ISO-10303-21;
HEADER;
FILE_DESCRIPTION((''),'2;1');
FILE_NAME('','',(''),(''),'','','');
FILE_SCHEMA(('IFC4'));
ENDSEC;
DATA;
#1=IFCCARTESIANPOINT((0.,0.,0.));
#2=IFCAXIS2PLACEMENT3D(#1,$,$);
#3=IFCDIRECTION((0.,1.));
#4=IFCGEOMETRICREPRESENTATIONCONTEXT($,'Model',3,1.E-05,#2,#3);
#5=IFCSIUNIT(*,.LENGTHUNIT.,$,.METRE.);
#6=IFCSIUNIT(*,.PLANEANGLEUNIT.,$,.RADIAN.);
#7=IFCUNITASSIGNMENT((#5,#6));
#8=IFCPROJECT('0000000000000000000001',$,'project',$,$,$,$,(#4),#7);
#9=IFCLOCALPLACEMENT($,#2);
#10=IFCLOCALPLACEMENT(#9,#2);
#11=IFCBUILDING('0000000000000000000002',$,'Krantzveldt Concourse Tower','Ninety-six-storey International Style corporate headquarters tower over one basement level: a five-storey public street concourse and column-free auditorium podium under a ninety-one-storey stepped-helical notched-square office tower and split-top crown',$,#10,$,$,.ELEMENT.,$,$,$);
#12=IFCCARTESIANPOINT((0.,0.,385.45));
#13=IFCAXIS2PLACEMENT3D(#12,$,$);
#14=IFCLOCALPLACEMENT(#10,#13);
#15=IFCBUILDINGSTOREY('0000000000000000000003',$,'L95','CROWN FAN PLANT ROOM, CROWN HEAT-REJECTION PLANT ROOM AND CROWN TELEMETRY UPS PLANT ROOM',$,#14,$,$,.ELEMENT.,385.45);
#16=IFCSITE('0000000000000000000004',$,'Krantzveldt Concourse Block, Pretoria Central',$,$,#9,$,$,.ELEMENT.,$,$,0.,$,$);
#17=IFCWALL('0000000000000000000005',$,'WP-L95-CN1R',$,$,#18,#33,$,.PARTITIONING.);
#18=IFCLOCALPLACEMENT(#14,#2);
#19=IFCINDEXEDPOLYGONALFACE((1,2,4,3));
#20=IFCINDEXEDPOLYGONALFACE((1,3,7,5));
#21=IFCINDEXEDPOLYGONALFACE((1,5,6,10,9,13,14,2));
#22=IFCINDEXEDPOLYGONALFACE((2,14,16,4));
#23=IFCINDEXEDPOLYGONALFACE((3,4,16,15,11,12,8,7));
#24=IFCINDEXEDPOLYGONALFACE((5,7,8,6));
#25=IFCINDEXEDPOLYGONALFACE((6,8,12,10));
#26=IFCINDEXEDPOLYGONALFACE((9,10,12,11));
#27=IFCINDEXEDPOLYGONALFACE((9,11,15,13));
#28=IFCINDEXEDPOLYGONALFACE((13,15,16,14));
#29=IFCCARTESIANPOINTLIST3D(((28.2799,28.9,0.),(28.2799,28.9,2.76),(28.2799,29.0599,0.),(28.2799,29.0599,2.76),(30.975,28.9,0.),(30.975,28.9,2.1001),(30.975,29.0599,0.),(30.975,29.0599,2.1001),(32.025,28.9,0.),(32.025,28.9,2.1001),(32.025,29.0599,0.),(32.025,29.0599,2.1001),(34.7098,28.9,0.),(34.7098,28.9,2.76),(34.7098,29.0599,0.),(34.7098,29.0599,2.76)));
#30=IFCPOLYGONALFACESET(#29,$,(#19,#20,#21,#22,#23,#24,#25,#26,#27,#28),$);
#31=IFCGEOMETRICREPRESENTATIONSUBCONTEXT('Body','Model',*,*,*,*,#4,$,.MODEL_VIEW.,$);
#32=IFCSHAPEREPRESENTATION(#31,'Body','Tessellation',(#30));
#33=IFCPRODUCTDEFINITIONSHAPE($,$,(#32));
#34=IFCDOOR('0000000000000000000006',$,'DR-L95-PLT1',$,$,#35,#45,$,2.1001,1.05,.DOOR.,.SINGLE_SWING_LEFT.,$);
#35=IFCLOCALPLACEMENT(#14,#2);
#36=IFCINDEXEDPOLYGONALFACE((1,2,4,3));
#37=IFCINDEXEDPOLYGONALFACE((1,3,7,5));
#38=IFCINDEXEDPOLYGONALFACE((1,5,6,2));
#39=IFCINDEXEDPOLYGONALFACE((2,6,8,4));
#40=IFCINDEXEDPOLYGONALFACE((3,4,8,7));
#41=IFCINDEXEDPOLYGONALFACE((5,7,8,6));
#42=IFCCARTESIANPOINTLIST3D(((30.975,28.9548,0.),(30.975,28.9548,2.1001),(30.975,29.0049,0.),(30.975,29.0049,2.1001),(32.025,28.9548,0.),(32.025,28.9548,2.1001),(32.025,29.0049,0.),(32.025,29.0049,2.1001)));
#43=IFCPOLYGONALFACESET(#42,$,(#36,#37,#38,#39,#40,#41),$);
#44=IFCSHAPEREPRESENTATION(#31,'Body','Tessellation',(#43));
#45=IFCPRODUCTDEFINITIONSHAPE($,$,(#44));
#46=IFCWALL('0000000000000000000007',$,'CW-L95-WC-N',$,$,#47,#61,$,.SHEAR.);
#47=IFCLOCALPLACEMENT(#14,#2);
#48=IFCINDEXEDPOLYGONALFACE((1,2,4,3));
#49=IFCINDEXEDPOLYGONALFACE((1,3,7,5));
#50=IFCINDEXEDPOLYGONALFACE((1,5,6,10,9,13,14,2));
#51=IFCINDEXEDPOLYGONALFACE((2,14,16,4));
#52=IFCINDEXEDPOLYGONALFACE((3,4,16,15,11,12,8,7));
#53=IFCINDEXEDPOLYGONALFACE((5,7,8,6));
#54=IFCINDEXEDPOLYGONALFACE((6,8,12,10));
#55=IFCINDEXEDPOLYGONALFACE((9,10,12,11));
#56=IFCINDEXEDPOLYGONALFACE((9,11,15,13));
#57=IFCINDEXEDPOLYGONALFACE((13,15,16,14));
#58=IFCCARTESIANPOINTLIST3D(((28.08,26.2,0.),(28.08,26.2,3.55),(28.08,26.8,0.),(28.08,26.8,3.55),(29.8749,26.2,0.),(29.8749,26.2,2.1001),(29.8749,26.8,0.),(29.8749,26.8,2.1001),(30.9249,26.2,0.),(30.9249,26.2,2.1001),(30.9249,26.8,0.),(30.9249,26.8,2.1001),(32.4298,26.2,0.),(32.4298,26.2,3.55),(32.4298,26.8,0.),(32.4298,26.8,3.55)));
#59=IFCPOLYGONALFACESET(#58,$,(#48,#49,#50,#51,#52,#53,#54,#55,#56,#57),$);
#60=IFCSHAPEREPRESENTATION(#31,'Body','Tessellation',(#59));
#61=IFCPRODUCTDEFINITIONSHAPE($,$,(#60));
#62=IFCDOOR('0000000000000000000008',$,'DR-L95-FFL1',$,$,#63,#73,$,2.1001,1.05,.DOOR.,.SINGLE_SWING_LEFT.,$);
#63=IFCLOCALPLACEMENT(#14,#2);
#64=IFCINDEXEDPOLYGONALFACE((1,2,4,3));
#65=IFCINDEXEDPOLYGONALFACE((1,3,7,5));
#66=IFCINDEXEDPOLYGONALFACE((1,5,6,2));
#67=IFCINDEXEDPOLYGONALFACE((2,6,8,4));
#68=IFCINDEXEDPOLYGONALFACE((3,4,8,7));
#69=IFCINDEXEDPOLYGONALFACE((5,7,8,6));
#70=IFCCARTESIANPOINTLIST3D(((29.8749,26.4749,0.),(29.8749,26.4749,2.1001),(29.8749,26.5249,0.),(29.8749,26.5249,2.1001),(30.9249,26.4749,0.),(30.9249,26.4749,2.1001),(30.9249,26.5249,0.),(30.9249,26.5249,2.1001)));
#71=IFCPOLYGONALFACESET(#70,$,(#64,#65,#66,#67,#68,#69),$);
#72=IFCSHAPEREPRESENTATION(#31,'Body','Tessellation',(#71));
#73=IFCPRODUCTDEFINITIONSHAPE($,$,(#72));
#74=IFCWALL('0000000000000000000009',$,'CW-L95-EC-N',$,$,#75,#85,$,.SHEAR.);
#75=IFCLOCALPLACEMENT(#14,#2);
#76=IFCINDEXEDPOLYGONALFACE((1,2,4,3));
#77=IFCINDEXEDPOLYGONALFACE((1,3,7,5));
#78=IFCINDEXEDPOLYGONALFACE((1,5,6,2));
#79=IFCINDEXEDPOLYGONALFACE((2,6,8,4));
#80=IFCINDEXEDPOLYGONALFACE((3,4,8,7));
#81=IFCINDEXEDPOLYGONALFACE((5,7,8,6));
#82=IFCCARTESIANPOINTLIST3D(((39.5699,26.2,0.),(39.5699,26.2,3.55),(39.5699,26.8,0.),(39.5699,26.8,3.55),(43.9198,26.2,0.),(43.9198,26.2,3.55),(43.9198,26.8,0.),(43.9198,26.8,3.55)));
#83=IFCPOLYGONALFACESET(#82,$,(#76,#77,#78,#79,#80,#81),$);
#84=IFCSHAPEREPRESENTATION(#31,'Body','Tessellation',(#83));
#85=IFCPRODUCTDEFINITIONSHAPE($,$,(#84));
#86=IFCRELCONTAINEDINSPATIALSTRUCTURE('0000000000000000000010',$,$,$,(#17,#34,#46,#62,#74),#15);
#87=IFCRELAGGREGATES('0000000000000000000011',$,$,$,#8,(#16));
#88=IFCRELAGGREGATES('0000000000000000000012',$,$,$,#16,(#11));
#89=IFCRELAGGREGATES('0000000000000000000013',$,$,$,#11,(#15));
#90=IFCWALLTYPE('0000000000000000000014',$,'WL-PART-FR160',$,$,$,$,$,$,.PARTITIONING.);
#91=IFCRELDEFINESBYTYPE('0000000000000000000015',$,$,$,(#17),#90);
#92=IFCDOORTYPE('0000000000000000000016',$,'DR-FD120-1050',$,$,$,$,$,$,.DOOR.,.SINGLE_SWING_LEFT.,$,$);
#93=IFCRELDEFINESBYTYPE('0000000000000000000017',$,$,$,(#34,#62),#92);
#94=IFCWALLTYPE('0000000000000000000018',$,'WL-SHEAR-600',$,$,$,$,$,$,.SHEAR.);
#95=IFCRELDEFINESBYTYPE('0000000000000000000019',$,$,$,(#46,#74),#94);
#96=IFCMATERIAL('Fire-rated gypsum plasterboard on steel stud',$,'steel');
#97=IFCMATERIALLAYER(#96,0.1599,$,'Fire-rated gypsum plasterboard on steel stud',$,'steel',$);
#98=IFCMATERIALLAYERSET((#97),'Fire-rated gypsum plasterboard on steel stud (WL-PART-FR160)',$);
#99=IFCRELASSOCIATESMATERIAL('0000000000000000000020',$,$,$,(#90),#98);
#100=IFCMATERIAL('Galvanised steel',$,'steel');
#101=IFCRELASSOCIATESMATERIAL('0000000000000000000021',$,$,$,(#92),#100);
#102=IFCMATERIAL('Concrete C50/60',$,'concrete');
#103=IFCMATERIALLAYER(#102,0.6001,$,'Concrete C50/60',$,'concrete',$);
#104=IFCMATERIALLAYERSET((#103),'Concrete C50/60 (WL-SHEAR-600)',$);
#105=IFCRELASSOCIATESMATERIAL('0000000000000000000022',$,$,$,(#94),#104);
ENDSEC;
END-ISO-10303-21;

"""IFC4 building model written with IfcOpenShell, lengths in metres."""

from ifc_helpers import new_model, si_unit, direction, frame, frame_2d, origin, place, context, subcontext, project, spatial, rectangle, extrude, material, layer, layer_set, type_object, element, fill, save


model = new_model("IFC4")

# Units and contexts
model_context = context("Model", 3, precision=1e-05, world=origin(), true_north=direction((0.0, 1.0)))
body_context = subcontext(model_context, "Body", "Model", "MODEL_VIEW")
ifc_project = project(units=[si_unit("LENGTHUNIT", "METRE"), si_unit("PLANEANGLEUNIT", "RADIAN")], contexts=[model_context])

# Site, building, storey
site_placement = place(None, origin())
site = spatial("IfcSite", under=ifc_project, at=site_placement, Name="Krantzveldt Concourse Block, Pretoria Central", CompositionType="ELEMENT", RefElevation=0.0)
building_placement = place(site_placement, origin())
building = spatial("IfcBuilding", under=site, at=building_placement, Name="Krantzveldt Concourse Tower", Description="Ninety-six-storey International Style corporate headquarters tower over one basement level: a five-storey public street concourse and column-free auditorium podium under a ninety-one-storey stepped-helical notched-square office tower and split-top crown", CompositionType="ELEMENT")
storey_placement = place(building_placement, frame((0.0, 0.0, 385.45)))
storey = spatial("IfcBuildingStorey", under=building, at=storey_placement, Name="L95", Description="CROWN FAN PLANT ROOM, CROWN HEAT-REJECTION PLANT ROOM AND CROWN TELEMETRY UPS PLANT ROOM", CompositionType="ELEMENT", Elevation=385.45)

# Shared definitions
ifc_material_1 = material(Name="Fire-rated gypsum plasterboard on steel stud", Category="steel")

# Walls, openings, doors
ifc_layer_1 = layer(ifc_material_1, 0.1599, Name="Fire-rated gypsum plasterboard on steel stud", Category="steel")
ifc_layer_set_1 = layer_set([ifc_layer_1], Name="Fire-rated gypsum plasterboard on steel stud (WL-PART-FR160)")
wall_type_1 = type_object("IfcWallType", Name="WL-PART-FR160", PredefinedType="PARTITIONING", material=ifc_layer_set_1)
wall_1_placement = place(storey_placement, frame((28.28, 28.98, 0.0), z_axis=(0.0, 0.0, 1.0), x_axis=(1.0, 0.0, 0.0)))
wall_1 = element("IfcWall", 1, at=wall_1_placement, inside=storey, type_object=wall_type_1, Name="WP-L95-CN1R", PredefinedType="PARTITIONING", context=body_context, shape_type="SweptSolid", body=[
    extrude(rectangle(XDim=6.4299, YDim=0.1599, at=frame_2d((3.2148, 0.0))), origin(), (0.0, 0.0, 1.0), 2.76),
])
opening_1_placement = place(wall_1_placement, frame((2.6951, 0.0, 0.0)))
opening_1 = element("IfcOpeningElement", 2, at=opening_1_placement, cuts=wall_1, PredefinedType="OPENING", context=body_context, shape_type="SweptSolid", body=[
    extrude(rectangle(XDim=1.05, YDim=2.1001, at=frame_2d((0.5249, 1.05))), frame((0.0, 0.0898, 0.0), z_axis=(0.0, -1.0, 0.0), x_axis=(1.0, 0.0, 0.0)), (0.0, 0.0, 1.0), 0.1799),
])
ifc_material_2 = material(Name="Galvanised steel", Category="steel")
door_type_1 = type_object("IfcDoorType", Name="DR-FD120-1050", OperationType="SINGLE_SWING_LEFT", PredefinedType="DOOR", material=ifc_material_2)
door_1_placement = place(opening_1_placement, origin())
door_1 = element("IfcDoor", 3, at=door_1_placement, inside=storey, type_object=door_type_1, Name="DR-L95-PLT1", OperationType="SINGLE_SWING_LEFT", OverallHeight=2.1001, OverallWidth=1.05, PredefinedType="DOOR", context=body_context, shape_type="SweptSolid", body=[
    extrude(rectangle(XDim=1.05, YDim=2.1001, at=frame_2d((0.5249, 1.05))), frame((0.0, 0.0249, 0.0), z_axis=(0.0, -1.0, 0.0), x_axis=(1.0, 0.0, 0.0)), (0.0, 0.0, 1.0), 0.05),
])
fill(opening_1, door_1)
ifc_material_3 = material(Name="Concrete C50/60", Category="concrete")
ifc_layer_2 = layer(ifc_material_3, 0.6001, Name="Concrete C50/60", Category="concrete")
ifc_layer_set_2 = layer_set([ifc_layer_2], Name="Concrete C50/60 (WL-SHEAR-600)")
wall_type_2 = type_object("IfcWallType", Name="WL-SHEAR-600", PredefinedType="SHEAR", material=ifc_layer_set_2)
wall_2_placement = place(storey_placement, frame((28.0801, 26.5, 0.0), z_axis=(0.0, 0.0, 1.0), x_axis=(1.0, 0.0, 0.0)))
wall_2 = element("IfcWall", 4, at=wall_2_placement, inside=storey, type_object=wall_type_2, Name="CW-L95-WC-N", PredefinedType="SHEAR", context=body_context, shape_type="SweptSolid", body=[
    extrude(rectangle(XDim=4.3499, YDim=0.6001, at=frame_2d((2.1748, 0.0))), origin(), (0.0, 0.0, 1.0), 3.55),
])
opening_2_placement = place(wall_2_placement, frame((1.7949, 0.0, 0.0)))
opening_2 = element("IfcOpeningElement", 5, at=opening_2_placement, cuts=wall_2, PredefinedType="OPENING", context=body_context, shape_type="SweptSolid", body=[
    extrude(rectangle(XDim=1.05, YDim=2.1001, at=frame_2d((0.5249, 1.05))), frame((0.0, 0.3101, 0.0), z_axis=(0.0, -1.0, 0.0), x_axis=(1.0, 0.0, 0.0)), (0.0, 0.0, 1.0), 0.6201),
])
door_2_placement = place(opening_2_placement, origin())
door_2 = element("IfcDoor", 6, at=door_2_placement, inside=storey, type_object=door_type_1, Name="DR-L95-FFL1", OperationType="SINGLE_SWING_LEFT", OverallHeight=2.1001, OverallWidth=1.05, PredefinedType="DOOR", context=body_context, shape_type="SweptSolid", body=[
    extrude(rectangle(XDim=1.05, YDim=2.1001, at=frame_2d((0.5249, 1.05))), frame((0.0, 0.0249, 0.0), z_axis=(0.0, -1.0, 0.0), x_axis=(1.0, 0.0, 0.0)), (0.0, 0.0, 1.0), 0.05),
])
fill(opening_2, door_2)

# Wall
wall_3_placement = place(storey_placement, frame((39.5701, 26.5, 0.0), z_axis=(0.0, 0.0, 1.0), x_axis=(1.0, 0.0, 0.0)))
element("IfcWall", 7, at=wall_3_placement, inside=storey, type_object=wall_type_2, Name="CW-L95-EC-N", PredefinedType="SHEAR", context=body_context, shape_type="SweptSolid", body=[
    extrude(rectangle(XDim=4.3499, YDim=0.6001, at=frame_2d((2.1748, 0.0))), origin(), (0.0, 0.0, 1.0), 3.55),
])

save(model, "model.ifc")
